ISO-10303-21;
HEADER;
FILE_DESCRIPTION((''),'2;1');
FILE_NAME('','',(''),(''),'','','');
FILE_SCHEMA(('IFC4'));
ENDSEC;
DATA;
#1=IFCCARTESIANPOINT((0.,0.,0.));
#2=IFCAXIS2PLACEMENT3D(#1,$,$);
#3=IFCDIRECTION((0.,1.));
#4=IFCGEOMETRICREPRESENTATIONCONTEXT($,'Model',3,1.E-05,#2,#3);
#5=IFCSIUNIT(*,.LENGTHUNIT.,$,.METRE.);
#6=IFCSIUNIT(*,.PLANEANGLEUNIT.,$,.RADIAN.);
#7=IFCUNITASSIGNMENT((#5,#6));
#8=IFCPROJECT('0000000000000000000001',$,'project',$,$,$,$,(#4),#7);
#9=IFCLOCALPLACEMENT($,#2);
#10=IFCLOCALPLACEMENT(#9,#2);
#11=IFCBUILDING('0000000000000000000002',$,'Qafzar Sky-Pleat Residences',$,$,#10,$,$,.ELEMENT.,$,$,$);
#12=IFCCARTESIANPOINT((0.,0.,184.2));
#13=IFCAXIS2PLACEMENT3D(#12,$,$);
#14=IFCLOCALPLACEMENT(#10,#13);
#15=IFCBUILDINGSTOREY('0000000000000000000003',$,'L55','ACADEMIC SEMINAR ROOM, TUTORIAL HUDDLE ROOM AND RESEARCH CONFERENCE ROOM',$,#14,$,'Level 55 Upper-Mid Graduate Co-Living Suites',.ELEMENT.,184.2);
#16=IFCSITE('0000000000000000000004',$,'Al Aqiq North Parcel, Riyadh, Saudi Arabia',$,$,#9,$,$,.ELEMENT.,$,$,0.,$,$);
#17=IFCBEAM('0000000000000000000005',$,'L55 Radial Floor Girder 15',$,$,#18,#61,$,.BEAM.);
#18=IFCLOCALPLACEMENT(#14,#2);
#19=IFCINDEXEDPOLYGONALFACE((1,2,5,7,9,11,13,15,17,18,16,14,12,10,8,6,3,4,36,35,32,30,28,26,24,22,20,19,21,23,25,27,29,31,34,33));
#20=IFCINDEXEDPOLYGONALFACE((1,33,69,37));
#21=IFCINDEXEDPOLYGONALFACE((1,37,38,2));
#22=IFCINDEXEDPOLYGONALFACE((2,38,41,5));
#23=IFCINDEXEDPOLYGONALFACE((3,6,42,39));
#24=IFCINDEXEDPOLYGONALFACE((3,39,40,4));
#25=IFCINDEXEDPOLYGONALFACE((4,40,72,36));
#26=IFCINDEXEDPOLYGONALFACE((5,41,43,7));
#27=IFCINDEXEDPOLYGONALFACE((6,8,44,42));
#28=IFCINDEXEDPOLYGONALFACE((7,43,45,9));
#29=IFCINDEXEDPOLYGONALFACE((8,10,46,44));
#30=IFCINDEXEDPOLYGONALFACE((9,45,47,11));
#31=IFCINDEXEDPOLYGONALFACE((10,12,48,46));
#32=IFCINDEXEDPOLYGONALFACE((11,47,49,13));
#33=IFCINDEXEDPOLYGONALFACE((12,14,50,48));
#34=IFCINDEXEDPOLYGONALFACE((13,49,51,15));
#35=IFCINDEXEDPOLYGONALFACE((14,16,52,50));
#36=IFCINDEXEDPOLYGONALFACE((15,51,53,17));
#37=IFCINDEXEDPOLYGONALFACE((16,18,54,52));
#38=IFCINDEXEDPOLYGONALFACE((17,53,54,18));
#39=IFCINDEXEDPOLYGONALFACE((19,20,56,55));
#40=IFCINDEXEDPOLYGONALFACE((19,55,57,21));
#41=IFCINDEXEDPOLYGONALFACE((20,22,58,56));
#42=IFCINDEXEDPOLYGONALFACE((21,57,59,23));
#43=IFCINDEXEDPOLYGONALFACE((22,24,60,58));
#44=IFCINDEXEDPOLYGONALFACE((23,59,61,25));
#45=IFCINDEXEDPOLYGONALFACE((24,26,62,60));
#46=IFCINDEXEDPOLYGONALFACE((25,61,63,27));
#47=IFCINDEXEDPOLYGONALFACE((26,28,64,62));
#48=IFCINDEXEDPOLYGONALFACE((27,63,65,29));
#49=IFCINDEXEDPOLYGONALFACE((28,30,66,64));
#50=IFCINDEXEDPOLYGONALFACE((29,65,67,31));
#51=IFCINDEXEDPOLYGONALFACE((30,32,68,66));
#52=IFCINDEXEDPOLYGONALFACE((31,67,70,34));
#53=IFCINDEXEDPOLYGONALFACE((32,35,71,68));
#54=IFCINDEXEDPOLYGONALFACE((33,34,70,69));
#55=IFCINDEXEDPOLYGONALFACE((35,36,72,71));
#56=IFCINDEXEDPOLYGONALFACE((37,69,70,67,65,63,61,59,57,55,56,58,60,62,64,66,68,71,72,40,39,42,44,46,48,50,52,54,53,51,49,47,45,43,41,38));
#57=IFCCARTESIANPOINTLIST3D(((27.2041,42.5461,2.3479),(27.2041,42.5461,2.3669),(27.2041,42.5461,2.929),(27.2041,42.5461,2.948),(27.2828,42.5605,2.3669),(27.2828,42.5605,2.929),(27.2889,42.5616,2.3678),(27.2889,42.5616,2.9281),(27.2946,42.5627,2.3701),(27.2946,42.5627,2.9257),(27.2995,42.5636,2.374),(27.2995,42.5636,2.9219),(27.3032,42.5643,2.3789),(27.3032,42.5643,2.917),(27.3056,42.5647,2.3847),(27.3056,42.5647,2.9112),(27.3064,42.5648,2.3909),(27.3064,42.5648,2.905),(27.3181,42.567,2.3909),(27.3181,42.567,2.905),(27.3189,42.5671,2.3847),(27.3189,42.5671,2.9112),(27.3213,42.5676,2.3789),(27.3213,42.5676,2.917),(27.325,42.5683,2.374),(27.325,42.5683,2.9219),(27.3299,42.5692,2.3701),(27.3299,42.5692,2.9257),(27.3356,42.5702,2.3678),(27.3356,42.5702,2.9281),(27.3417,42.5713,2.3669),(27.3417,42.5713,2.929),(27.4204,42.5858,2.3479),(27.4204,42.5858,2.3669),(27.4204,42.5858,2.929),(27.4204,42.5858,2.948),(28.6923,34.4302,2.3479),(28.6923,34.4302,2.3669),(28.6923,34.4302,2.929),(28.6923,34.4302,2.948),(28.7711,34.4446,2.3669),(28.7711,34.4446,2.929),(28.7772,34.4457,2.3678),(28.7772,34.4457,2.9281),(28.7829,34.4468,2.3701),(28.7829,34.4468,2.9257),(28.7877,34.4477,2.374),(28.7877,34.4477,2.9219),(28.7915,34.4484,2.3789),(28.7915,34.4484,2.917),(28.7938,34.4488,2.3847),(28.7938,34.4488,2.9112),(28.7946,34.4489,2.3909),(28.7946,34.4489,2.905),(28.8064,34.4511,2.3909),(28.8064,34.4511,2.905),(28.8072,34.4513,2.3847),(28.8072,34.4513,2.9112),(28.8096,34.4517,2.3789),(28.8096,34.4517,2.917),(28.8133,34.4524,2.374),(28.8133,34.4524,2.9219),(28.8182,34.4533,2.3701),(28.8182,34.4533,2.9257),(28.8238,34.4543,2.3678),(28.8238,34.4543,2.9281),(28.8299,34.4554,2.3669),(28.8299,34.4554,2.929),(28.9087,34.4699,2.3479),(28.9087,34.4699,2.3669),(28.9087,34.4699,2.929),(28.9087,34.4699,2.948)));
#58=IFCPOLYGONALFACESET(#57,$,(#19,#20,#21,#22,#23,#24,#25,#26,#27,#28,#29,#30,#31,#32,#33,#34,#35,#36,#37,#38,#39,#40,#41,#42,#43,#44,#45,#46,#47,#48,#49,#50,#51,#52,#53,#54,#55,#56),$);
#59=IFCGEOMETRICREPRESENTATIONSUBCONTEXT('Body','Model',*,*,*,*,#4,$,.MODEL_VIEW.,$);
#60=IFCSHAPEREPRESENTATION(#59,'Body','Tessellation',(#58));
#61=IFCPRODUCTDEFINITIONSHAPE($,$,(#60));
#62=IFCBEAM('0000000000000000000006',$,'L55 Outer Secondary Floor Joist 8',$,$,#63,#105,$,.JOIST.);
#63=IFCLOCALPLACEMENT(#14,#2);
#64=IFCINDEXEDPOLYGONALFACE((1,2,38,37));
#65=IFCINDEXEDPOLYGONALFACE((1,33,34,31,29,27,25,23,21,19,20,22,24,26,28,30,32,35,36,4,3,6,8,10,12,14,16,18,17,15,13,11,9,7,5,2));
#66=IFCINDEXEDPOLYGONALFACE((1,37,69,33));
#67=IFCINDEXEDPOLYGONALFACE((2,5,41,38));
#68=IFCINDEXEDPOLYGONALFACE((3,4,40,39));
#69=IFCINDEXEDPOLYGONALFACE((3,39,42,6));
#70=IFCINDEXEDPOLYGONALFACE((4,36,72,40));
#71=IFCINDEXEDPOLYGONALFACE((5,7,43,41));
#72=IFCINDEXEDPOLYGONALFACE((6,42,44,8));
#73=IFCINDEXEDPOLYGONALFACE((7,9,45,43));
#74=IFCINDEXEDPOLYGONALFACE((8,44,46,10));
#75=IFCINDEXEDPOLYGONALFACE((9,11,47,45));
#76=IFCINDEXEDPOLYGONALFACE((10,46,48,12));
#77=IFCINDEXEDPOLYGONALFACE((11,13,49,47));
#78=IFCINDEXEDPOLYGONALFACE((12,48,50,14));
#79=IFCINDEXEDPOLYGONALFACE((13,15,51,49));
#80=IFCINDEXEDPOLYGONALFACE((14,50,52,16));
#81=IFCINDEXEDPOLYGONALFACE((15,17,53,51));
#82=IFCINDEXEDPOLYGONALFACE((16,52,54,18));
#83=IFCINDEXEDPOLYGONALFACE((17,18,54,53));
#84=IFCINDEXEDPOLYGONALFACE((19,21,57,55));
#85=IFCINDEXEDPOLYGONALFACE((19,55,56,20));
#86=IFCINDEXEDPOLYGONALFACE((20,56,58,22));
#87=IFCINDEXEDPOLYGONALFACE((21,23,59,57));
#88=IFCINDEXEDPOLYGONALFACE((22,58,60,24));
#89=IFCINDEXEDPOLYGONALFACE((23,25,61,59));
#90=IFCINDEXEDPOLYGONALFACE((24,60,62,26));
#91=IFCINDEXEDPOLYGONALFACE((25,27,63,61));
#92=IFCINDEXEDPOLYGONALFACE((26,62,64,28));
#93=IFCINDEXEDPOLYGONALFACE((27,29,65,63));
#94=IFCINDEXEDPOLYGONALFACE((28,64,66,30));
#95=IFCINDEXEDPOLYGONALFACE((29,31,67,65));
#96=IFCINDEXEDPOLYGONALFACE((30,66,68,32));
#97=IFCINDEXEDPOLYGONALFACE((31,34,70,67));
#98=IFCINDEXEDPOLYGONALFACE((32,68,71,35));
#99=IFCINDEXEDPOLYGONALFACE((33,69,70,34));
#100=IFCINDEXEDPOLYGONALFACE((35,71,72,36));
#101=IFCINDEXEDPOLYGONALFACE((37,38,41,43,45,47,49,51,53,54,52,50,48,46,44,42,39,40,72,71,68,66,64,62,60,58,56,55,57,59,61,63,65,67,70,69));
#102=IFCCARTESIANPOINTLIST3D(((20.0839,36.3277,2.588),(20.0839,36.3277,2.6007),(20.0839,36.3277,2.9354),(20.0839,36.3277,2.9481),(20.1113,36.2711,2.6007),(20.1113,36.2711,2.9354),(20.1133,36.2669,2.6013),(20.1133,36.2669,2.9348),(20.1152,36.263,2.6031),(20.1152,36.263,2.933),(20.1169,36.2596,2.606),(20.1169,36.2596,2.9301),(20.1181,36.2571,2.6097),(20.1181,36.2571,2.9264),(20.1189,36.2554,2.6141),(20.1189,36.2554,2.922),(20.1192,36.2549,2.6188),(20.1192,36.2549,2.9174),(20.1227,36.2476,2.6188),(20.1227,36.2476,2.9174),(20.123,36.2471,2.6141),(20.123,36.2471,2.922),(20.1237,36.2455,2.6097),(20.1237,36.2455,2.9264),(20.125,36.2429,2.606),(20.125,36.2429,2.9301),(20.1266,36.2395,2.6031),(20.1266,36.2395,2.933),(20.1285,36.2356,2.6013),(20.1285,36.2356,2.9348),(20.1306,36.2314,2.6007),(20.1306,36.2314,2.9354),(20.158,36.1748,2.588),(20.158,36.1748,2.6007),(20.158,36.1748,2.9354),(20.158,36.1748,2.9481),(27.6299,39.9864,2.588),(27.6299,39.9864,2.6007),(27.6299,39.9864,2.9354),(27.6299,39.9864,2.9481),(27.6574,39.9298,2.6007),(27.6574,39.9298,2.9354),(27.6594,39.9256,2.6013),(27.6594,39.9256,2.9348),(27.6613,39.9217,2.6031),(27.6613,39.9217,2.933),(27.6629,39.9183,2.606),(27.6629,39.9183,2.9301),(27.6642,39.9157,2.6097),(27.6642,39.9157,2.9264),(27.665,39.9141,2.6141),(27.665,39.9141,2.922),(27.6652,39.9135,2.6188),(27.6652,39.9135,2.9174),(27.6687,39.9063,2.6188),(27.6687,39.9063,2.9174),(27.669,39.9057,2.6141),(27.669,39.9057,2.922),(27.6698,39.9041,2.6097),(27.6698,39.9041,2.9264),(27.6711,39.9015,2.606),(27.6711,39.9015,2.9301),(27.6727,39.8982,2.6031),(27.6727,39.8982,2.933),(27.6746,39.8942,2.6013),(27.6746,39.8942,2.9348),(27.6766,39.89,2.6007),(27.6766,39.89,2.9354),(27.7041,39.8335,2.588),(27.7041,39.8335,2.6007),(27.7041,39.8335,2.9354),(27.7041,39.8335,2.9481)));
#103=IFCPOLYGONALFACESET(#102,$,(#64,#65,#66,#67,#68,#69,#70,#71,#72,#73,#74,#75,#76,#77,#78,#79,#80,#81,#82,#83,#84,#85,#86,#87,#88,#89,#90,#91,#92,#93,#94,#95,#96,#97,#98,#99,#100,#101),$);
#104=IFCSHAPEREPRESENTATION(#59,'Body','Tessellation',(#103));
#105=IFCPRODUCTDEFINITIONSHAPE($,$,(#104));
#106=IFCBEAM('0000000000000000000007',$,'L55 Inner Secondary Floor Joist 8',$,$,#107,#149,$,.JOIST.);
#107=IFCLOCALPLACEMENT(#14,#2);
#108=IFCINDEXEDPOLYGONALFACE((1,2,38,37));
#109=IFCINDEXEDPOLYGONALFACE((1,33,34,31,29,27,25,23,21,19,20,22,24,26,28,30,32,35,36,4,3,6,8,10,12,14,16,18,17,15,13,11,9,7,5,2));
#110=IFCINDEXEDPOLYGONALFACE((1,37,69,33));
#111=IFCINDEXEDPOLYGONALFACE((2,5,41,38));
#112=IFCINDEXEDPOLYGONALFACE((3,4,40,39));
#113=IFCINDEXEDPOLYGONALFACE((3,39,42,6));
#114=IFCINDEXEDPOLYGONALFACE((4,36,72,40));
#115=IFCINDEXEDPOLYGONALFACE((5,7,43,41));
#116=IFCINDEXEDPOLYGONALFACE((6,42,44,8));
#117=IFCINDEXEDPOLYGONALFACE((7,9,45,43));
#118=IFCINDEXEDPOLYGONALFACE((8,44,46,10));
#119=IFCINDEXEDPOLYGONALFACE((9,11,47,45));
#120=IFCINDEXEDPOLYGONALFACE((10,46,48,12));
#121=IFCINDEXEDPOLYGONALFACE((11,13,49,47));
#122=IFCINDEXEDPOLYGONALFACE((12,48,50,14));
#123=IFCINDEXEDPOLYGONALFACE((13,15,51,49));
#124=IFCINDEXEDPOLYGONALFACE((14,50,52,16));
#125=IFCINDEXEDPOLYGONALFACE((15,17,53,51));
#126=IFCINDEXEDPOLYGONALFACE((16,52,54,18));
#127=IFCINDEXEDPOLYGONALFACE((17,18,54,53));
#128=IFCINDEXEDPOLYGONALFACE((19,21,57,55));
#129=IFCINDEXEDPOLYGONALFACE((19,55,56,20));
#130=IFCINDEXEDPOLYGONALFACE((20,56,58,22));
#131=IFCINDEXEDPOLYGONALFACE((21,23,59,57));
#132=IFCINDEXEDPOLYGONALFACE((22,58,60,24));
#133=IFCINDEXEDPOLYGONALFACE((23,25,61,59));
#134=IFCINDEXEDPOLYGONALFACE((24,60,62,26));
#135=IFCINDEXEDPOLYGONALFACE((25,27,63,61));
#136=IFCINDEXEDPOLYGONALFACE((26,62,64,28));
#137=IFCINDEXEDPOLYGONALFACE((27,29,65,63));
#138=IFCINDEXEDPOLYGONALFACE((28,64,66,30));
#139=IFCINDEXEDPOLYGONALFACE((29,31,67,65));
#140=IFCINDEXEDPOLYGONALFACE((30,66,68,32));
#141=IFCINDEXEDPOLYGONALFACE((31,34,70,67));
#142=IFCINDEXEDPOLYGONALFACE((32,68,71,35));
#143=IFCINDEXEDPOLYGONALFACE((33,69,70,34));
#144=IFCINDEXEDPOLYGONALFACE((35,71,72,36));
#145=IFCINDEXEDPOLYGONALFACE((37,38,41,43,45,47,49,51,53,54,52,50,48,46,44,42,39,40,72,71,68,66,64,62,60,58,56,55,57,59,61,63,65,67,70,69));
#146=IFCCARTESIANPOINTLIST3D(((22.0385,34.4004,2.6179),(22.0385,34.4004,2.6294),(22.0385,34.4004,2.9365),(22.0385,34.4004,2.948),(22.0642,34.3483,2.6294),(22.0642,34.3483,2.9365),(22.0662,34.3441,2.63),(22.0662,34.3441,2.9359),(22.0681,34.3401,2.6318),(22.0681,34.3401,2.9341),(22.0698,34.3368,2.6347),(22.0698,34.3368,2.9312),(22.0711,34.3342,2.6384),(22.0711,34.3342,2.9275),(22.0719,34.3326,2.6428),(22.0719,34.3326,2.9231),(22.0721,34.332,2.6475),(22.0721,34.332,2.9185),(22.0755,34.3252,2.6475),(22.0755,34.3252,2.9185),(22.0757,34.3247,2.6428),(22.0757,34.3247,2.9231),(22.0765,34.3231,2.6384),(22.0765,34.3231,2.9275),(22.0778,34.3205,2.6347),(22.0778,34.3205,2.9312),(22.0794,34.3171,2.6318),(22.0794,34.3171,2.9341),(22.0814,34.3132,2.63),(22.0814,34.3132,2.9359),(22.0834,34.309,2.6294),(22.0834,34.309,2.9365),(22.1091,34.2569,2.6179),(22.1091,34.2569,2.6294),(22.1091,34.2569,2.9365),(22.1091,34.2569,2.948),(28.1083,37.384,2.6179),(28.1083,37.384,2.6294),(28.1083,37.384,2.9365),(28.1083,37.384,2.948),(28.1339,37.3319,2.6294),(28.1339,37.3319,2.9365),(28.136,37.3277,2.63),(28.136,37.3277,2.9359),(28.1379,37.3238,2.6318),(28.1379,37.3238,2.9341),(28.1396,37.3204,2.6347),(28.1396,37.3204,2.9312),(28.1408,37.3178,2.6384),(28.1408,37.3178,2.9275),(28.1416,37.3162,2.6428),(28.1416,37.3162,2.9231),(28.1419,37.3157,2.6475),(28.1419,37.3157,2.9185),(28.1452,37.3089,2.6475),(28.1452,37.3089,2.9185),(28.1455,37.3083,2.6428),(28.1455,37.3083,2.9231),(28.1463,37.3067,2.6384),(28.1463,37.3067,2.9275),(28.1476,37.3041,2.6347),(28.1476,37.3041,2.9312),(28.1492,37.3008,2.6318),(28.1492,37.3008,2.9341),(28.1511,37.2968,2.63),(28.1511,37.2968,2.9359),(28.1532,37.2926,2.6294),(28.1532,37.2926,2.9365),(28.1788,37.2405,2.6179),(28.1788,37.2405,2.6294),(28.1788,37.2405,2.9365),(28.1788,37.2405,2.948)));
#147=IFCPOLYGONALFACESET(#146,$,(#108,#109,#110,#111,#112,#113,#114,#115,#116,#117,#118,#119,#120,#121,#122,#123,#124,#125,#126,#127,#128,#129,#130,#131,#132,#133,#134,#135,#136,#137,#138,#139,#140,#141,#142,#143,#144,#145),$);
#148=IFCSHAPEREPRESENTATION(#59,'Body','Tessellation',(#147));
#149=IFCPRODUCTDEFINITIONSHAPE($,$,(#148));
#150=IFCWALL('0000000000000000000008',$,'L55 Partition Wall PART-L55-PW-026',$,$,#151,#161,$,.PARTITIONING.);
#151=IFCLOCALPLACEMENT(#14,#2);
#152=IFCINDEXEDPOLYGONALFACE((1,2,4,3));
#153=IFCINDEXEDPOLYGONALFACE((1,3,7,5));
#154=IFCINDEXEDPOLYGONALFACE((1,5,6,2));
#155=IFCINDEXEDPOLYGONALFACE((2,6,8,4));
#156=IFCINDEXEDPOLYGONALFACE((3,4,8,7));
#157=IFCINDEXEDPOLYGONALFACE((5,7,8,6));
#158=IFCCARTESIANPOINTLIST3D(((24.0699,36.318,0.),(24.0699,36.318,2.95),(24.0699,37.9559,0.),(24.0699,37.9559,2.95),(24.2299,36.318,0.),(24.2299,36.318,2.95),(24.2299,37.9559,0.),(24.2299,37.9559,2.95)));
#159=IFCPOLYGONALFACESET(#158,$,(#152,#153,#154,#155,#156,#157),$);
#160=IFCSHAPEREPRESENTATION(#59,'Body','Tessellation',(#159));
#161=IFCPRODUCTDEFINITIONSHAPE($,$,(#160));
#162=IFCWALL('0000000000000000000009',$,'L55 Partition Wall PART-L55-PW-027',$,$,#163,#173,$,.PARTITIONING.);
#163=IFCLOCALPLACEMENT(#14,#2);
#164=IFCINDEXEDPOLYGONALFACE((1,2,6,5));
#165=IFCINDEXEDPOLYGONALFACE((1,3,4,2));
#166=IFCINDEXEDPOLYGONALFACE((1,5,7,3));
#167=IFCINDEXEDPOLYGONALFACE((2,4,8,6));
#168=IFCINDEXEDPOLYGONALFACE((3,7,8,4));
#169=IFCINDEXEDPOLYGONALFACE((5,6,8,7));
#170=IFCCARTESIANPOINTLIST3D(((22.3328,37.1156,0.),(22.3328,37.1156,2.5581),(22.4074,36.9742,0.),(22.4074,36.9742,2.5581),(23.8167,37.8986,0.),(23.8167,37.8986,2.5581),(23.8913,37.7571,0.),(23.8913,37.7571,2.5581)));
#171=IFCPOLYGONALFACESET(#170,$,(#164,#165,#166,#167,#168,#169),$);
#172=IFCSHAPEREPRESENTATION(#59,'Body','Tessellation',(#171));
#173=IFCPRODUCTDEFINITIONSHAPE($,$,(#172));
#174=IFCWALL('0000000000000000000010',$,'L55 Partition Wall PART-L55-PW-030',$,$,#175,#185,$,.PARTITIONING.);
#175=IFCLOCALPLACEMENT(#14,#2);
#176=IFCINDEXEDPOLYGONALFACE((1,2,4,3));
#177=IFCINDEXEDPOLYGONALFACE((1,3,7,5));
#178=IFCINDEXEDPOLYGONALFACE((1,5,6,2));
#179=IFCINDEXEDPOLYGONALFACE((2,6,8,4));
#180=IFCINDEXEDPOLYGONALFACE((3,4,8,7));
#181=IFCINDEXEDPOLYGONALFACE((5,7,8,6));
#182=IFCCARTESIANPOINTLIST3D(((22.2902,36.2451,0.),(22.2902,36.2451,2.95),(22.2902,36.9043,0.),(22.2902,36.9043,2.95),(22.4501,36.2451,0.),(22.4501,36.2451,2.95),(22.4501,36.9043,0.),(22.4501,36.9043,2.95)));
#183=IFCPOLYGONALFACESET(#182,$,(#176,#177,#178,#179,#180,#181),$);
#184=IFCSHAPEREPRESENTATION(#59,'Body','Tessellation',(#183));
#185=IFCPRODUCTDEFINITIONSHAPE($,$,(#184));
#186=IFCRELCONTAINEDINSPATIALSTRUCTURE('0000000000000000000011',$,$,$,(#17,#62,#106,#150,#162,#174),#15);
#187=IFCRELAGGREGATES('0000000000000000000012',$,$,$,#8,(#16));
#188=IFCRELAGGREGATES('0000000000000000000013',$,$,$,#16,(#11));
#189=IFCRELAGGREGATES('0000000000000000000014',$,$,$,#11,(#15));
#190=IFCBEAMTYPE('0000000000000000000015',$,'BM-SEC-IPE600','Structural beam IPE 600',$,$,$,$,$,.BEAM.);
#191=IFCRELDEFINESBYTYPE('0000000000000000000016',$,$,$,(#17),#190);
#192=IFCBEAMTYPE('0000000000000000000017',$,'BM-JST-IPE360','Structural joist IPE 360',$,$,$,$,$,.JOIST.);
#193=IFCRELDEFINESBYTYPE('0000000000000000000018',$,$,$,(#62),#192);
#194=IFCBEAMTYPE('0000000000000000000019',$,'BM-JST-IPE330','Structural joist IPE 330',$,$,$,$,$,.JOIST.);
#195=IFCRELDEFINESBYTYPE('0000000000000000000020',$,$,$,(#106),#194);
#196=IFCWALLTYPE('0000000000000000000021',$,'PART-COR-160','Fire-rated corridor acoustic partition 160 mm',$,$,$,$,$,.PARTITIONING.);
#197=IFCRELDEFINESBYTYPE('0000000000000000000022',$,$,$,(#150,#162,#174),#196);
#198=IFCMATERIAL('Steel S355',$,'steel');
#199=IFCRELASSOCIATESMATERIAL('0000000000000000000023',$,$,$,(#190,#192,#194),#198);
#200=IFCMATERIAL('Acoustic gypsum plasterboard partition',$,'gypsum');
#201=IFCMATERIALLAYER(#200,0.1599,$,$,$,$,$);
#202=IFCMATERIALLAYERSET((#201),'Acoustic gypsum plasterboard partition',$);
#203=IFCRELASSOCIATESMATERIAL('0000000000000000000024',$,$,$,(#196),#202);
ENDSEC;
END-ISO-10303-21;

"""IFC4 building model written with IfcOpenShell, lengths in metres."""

from ifc_helpers import new_model, si_unit, direction, frame, frame_2d, origin, origin_2d, place, context, subcontext, project, spatial, rectangle, i_section, extrude, source, transform, mapped, material, layer, layer_set, material_profile, profile_set, type_object, element, save


model = new_model("IFC4")

# Units and contexts
model_context = context("Model", 3, precision=1e-05, world=origin(), true_north=direction((0.0, 1.0)))
body_context = subcontext(model_context, "Body", "Model", "MODEL_VIEW")
ifc_project = project(units=[si_unit("LENGTHUNIT", "METRE"), si_unit("PLANEANGLEUNIT", "RADIAN")], contexts=[model_context])

# Site, building, storey
site_placement = place(None, origin())
site = spatial("IfcSite", under=ifc_project, at=site_placement, Name="Al Aqiq North Parcel, Riyadh, Saudi Arabia", CompositionType="ELEMENT", RefElevation=0.0)
building_placement = place(site_placement, origin())
building = spatial("IfcBuilding", under=site, at=building_placement, Name="Qafzar Sky-Pleat Residences", CompositionType="ELEMENT")
storey_placement = place(building_placement, frame((0.0, 0.0, 184.2)))
storey = spatial("IfcBuildingStorey", under=building, at=storey_placement, Name="L55", Description="ACADEMIC SEMINAR ROOM, TUTORIAL HUDDLE ROOM AND RESEARCH CONFERENCE ROOM", LongName="Level 55 Upper-Mid Graduate Co-Living Suites", CompositionType="ELEMENT", Elevation=184.2)

# Shared definitions
ifc_material_1 = material(Name="Steel S355", Category="steel")

# Beams
ifc_material_profile_1 = material_profile(ifc_material_1, i_section(OverallWidth=0.22, OverallDepth=0.6001, WebThickness=0.012, FlangeThickness=0.019, FilletRadius=0.0239, at=origin_2d()), Name="IPE 600")
ifc_profile_set_1 = profile_set([ifc_material_profile_1], Name="Steel S355")
beam_type_1 = type_object("IfcBeamType", Name="BM-SEC-IPE600", Description="Structural beam IPE 600", PredefinedType="BEAM", material=ifc_profile_set_1)
shared_shape_1 = source(origin(), body_context, "Body", "SweptSolid", [
    extrude(i_section(OverallWidth=0.22, OverallDepth=0.6001, WebThickness=0.012, FlangeThickness=0.019, FilletRadius=0.0239, at=origin_2d()), origin(), (0.0, 0.0, 1.0), 8.2512),
])
beam_1_placement = place(storey_placement, frame((27.3123, 42.5659, 2.6479), z_axis=(0.180369, -0.983599, 0.0), x_axis=(0.983599, 0.180369, 0.0)))
element("IfcBeam", 1, at=beam_1_placement, inside=storey, type_object=beam_type_1, Name="L55 Radial Floor Girder 15", PredefinedType="BEAM", context=body_context, shape_type="MappedRepresentation", body=[
    mapped(shared_shape_1, transform((0.0, 0.0, 0.0), x_axis=(1.0, 0.0, 0.0), y_axis=(0.0, 1.0, 0.0), z_axis=(0.0, 0.0, 1.0), scale=1.0)),
])
ifc_material_profile_2 = material_profile(ifc_material_1, i_section(OverallWidth=0.1699, OverallDepth=0.3601, WebThickness=0.0081, FlangeThickness=0.0127, FilletRadius=0.0181, at=origin_2d()), Name="IPE 360")
ifc_profile_set_2 = profile_set([ifc_material_profile_2], Name="Steel S355")
beam_type_2 = type_object("IfcBeamType", Name="BM-JST-IPE360", Description="Structural joist IPE 360", PredefinedType="JOIST", material=ifc_profile_set_2)
shared_shape_2 = source(origin(), body_context, "Body", "SweptSolid", [
    extrude(i_section(OverallWidth=0.1699, OverallDepth=0.3601, WebThickness=0.0081, FlangeThickness=0.0127, FilletRadius=0.0181, at=origin_2d()), origin(), (0.0, 0.0, 1.0), 8.3862),
])
beam_2_placement = place(storey_placement, frame((27.667, 39.9099, 2.7681), z_axis=(-0.899816, -0.436269, 0.0), x_axis=(0.436269, -0.899816, 0.0)))
element("IfcBeam", 2, at=beam_2_placement, inside=storey, type_object=beam_type_2, Name="L55 Outer Secondary Floor Joist 8", PredefinedType="JOIST", context=body_context, shape_type="MappedRepresentation", body=[
    mapped(shared_shape_2, transform((0.0, 0.0, 0.0), x_axis=(1.0, 0.0, 0.0), y_axis=(0.0, 1.0, 0.0), z_axis=(0.0, 0.0, 1.0), scale=1.0)),
])
ifc_material_profile_3 = material_profile(ifc_material_1, i_section(OverallWidth=0.1599, OverallDepth=0.3301, WebThickness=0.0076, FlangeThickness=0.0115, FilletRadius=0.0181, at=origin_2d()), Name="IPE 330")
ifc_profile_set_3 = profile_set([ifc_material_profile_3], Name="Steel S355")
beam_type_3 = type_object("IfcBeamType", Name="BM-JST-IPE330", Description="Structural joist IPE 330", PredefinedType="JOIST", material=ifc_profile_set_3)
shared_shape_3 = source(origin(), body_context, "Body", "SweptSolid", [
    extrude(i_section(OverallWidth=0.1599, OverallDepth=0.3301, WebThickness=0.0076, FlangeThickness=0.0115, FilletRadius=0.0181, at=origin_2d()), origin(), (0.0, 0.0, 1.0), 6.7634),
])
beam_3_placement = place(storey_placement, frame((28.1436, 37.3123, 2.783), z_axis=(-0.897439, -0.441139, 0.0), x_axis=(0.441139, -0.897439, 0.0)))
element("IfcBeam", 3, at=beam_3_placement, inside=storey, type_object=beam_type_3, Name="L55 Inner Secondary Floor Joist 8", PredefinedType="JOIST", context=body_context, shape_type="MappedRepresentation", body=[
    mapped(shared_shape_3, transform((0.0, 0.0, 0.0), x_axis=(1.0, 0.0, 0.0), y_axis=(0.0, 1.0, 0.0), z_axis=(0.0, 0.0, 1.0), scale=1.0)),
])

# Walls
ifc_material_2 = material(Name="Acoustic gypsum plasterboard partition", Category="gypsum")
ifc_layer_1 = layer(ifc_material_2, 0.1599)
ifc_layer_set_1 = layer_set([ifc_layer_1], Name="Acoustic gypsum plasterboard partition")
wall_type_1 = type_object("IfcWallType", Name="PART-COR-160", Description="Fire-rated corridor acoustic partition 160 mm", PredefinedType="PARTITIONING", material=ifc_layer_set_1)
wall_1_placement = place(storey_placement, frame((24.1499, 36.3181, 0.0), z_axis=(0.0, 0.0, 1.0), x_axis=(0.0, 1.0, 0.0)))
element("IfcWall", 4, at=wall_1_placement, inside=storey, type_object=wall_type_1, Name="L55 Partition Wall PART-L55-PW-026", PredefinedType="PARTITIONING", context=body_context, shape_type="SweptSolid", body=[
    extrude(rectangle(XDim=1.6379, YDim=0.1599, at=frame_2d((0.8188, 0.0))), origin(), (0.0, 0.0, 1.0), 2.95),
])
wall_2_placement = place(storey_placement, frame((22.3701, 37.0449, 0.0), z_axis=(0.0, 0.0, 1.0), x_axis=(0.884435, 0.466664, 0.0)))
element("IfcWall", 5, at=wall_2_placement, inside=storey, type_object=wall_type_1, Name="L55 Partition Wall PART-L55-PW-027", PredefinedType="PARTITIONING", context=body_context, shape_type="SweptSolid", body=[
    extrude(rectangle(XDim=1.6777, YDim=0.1599, at=frame_2d((0.8389, 0.0))), origin(), (0.0, 0.0, 1.0), 2.5581),
])
wall_3_placement = place(storey_placement, frame((22.3701, 36.2451, 0.0), z_axis=(0.0, 0.0, 1.0), x_axis=(0.0, 1.0, 0.0)))
element("IfcWall", 6, at=wall_3_placement, inside=storey, type_object=wall_type_1, Name="L55 Partition Wall PART-L55-PW-030", PredefinedType="PARTITIONING", context=body_context, shape_type="SweptSolid", body=[
    extrude(rectangle(XDim=0.6592, YDim=0.1599, at=frame_2d((0.3296, 0.0))), origin(), (0.0, 0.0, 1.0), 2.95),
])

save(model, "model.ifc")
